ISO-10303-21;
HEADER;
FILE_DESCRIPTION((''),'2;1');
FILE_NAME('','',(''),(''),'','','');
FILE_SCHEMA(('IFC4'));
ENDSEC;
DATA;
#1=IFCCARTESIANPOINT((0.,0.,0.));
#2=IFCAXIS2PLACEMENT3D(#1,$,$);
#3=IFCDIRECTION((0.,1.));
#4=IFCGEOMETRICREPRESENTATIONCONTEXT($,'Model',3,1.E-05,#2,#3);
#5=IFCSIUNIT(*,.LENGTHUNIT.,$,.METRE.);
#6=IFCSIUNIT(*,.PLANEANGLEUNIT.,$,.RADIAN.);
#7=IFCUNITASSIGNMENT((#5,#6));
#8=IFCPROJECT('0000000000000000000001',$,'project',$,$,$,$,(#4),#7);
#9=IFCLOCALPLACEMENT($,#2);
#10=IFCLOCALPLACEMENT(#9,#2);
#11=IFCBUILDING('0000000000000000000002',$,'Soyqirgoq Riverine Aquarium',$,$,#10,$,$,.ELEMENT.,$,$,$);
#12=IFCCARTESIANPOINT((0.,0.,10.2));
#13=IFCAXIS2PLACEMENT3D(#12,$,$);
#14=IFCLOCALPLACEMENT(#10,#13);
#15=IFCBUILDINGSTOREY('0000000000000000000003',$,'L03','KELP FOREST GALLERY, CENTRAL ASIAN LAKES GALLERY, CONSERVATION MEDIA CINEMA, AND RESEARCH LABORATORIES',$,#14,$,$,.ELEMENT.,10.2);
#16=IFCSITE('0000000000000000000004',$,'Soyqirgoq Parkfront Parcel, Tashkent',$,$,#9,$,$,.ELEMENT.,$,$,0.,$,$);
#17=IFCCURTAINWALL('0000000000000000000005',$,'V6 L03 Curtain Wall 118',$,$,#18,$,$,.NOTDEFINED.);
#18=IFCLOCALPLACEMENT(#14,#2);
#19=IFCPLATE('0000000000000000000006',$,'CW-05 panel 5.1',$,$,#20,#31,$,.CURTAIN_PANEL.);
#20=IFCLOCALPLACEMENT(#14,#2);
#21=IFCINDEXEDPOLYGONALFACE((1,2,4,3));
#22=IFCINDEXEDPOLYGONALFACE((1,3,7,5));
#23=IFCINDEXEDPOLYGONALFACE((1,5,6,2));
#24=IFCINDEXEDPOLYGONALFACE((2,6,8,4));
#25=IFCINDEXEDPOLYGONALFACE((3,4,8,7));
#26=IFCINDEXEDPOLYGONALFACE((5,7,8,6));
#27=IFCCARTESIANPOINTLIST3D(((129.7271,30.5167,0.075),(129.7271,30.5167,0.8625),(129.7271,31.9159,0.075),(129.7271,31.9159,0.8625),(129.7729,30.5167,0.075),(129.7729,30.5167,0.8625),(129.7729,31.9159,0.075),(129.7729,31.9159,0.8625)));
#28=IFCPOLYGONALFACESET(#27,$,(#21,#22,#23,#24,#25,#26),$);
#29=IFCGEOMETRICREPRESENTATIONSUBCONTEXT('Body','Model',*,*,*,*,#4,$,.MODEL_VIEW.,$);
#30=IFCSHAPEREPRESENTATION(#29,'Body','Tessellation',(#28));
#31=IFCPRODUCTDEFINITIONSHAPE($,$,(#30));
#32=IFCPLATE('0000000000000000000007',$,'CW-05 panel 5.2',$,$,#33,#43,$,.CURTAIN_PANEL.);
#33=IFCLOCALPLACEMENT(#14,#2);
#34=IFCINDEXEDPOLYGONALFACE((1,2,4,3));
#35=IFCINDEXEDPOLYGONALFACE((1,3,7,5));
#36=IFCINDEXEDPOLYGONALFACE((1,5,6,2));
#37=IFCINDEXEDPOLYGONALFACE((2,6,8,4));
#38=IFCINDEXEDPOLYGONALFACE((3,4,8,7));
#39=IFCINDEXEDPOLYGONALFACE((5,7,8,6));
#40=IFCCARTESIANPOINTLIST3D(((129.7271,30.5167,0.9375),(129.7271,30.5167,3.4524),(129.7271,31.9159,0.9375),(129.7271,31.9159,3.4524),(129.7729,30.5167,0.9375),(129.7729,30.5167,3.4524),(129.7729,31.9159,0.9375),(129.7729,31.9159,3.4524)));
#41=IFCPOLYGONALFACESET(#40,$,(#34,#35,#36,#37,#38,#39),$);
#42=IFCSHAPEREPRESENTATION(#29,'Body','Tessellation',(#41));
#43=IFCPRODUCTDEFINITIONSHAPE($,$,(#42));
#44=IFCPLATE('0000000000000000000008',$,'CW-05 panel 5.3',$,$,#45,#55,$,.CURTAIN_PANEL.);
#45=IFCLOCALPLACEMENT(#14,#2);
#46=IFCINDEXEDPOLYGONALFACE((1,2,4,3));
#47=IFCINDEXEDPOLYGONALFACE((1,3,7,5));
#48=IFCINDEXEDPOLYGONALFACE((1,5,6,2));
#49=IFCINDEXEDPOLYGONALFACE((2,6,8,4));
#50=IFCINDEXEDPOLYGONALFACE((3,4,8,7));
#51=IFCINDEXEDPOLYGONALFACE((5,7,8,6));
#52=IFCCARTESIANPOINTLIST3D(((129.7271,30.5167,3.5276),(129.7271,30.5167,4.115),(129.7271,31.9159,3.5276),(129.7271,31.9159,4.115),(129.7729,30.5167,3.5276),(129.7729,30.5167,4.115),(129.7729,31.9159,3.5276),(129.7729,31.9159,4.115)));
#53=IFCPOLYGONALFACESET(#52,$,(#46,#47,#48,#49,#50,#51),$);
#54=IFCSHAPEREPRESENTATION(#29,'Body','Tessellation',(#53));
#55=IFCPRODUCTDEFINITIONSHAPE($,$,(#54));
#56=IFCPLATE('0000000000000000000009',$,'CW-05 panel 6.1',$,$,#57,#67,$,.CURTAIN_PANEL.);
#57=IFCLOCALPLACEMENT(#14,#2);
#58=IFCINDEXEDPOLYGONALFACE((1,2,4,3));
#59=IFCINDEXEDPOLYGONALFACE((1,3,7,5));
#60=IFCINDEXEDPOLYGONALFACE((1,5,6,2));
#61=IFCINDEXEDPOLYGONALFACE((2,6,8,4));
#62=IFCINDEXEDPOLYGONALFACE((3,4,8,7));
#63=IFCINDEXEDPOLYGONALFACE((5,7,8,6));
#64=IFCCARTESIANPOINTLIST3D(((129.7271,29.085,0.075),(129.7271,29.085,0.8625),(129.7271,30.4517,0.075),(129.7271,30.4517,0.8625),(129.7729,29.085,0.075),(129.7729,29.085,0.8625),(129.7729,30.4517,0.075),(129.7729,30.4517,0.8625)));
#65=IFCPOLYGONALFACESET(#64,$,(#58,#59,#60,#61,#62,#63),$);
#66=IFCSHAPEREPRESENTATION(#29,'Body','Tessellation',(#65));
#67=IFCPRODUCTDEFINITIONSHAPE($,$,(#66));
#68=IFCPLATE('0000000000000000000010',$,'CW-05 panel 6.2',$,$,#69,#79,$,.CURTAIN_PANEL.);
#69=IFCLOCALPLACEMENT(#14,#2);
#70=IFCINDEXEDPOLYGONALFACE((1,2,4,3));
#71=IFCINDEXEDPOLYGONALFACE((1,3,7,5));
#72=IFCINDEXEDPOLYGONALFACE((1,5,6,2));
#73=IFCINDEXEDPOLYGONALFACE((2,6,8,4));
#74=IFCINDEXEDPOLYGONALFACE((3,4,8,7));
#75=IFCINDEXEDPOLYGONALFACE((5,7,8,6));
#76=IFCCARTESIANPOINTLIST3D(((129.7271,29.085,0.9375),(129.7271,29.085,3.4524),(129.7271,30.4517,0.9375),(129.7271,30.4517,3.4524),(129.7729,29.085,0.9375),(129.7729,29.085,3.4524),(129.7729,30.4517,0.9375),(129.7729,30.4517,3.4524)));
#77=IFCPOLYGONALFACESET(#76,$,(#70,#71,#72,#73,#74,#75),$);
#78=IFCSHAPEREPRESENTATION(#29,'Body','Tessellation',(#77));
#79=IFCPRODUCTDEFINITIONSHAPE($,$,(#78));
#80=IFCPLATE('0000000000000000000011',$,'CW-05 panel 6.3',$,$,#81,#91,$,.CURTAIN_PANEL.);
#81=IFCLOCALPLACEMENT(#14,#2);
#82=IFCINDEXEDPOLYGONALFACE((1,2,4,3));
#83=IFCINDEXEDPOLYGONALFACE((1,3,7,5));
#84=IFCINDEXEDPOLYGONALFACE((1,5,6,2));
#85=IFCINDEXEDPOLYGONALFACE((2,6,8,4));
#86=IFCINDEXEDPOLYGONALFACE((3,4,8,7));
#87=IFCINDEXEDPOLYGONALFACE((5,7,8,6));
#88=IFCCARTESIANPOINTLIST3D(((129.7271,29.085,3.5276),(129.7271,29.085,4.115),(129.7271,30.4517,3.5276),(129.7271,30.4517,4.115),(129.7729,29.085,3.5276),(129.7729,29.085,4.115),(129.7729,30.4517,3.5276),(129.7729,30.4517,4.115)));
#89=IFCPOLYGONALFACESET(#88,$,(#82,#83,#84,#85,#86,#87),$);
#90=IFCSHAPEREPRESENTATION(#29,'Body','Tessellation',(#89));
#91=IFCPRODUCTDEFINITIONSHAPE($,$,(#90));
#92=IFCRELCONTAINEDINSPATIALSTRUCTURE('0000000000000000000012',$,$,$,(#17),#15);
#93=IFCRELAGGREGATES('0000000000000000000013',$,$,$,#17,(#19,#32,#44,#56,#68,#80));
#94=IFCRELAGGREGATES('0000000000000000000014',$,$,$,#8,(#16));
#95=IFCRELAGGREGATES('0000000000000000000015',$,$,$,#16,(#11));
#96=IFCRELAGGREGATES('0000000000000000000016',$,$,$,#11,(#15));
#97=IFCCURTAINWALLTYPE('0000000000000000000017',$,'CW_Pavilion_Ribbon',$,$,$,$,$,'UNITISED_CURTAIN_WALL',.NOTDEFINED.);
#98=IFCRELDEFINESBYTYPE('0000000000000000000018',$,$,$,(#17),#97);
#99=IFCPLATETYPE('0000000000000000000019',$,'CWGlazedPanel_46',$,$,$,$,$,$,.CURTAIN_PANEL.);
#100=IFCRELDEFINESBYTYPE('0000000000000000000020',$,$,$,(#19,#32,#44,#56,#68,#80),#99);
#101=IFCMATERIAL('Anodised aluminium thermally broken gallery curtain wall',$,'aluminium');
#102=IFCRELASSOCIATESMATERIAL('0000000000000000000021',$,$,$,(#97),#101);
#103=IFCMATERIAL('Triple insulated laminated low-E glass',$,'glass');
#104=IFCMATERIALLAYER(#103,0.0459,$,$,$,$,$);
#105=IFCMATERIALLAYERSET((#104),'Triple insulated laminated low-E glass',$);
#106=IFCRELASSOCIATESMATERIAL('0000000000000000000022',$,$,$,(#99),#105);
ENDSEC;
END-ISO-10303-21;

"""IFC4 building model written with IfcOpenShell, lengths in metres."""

from ifc_helpers import new_model, si_unit, direction, frame, origin, origin_2d, place, context, subcontext, project, spatial, rectangle, extrude, material, layer, layer_set, type_object, element, aggregate, save


model = new_model("IFC4")

# Units and contexts
model_context = context("Model", 3, precision=1e-05, world=origin(), true_north=direction((0.0, 1.0)))
body_context = subcontext(model_context, "Body", "Model", "MODEL_VIEW")
ifc_project = project(units=[si_unit("LENGTHUNIT", "METRE"), si_unit("PLANEANGLEUNIT", "RADIAN")], contexts=[model_context])

# Site, building, storey
site_placement = place(None, origin())
site = spatial("IfcSite", under=ifc_project, at=site_placement, Name="Soyqirgoq Parkfront Parcel, Tashkent", CompositionType="ELEMENT", RefElevation=0.0)
building_placement = place(site_placement, origin())
building = spatial("IfcBuilding", under=site, at=building_placement, Name="Soyqirgoq Riverine Aquarium", CompositionType="ELEMENT")
storey_placement = place(building_placement, frame((0.0, 0.0, 10.2)))
storey = spatial("IfcBuildingStorey", under=building, at=storey_placement, Name="L03", Description="KELP FOREST GALLERY, CENTRAL ASIAN LAKES GALLERY, CONSERVATION MEDIA CINEMA, AND RESEARCH LABORATORIES", CompositionType="ELEMENT", Elevation=10.2)

# Curtain wall
ifc_material_1 = material(Name="Anodised aluminium thermally broken gallery curtain wall", Category="aluminium")
curtain_wall_type = type_object("IfcCurtainWallType", Name="CW_Pavilion_Ribbon", ElementType="UNITISED_CURTAIN_WALL", PredefinedType="NOTDEFINED", material=ifc_material_1)
curtain_wall_1_placement = place(storey_placement, origin())
curtain_wall_1 = element("IfcCurtainWall", 1, at=curtain_wall_1_placement, inside=storey, type_object=curtain_wall_type, Name="V6 L03 Curtain Wall 118", PredefinedType="NOTDEFINED")

# Plates
ifc_material_2 = material(Name="Triple insulated laminated low-E glass", Category="glass")
ifc_layer = layer(ifc_material_2, 0.0459)
ifc_layer_set = layer_set([ifc_layer], Name="Triple insulated laminated low-E glass")
plate_type = type_object("IfcPlateType", Name="CWGlazedPanel_46", PredefinedType="CURTAIN_PANEL", material=ifc_layer_set)
plate_1_placement = place(storey_placement, frame((129.75, 31.2163, 0.075), z_axis=(0.0, 0.0, 1.0), x_axis=(0.0, -1.0, 0.0)))
plate_1 = element("IfcPlate", 2, at=plate_1_placement, type_object=plate_type, Name="CW-05 panel 5.1", PredefinedType="CURTAIN_PANEL", context=body_context, shape_type="SweptSolid", body=[
    extrude(rectangle(XDim=1.3992, YDim=0.0459, at=origin_2d()), origin(), (0.0, 0.0, 1.0), 0.7876),
])
plate_2_placement = place(storey_placement, frame((129.75, 31.2163, 0.9375), z_axis=(0.0, 0.0, 1.0), x_axis=(0.0, -1.0, 0.0)))
plate_2 = element("IfcPlate", 3, at=plate_2_placement, type_object=plate_type, Name="CW-05 panel 5.2", PredefinedType="CURTAIN_PANEL", context=body_context, shape_type="SweptSolid", body=[
    extrude(rectangle(XDim=1.3992, YDim=0.0459, at=origin_2d()), origin(), (0.0, 0.0, 1.0), 2.5149),
])
plate_3_placement = place(storey_placement, frame((129.75, 31.2163, 3.5276), z_axis=(0.0, 0.0, 1.0), x_axis=(0.0, -1.0, 0.0)))
plate_3 = element("IfcPlate", 4, at=plate_3_placement, type_object=plate_type, Name="CW-05 panel 5.3", PredefinedType="CURTAIN_PANEL", context=body_context, shape_type="SweptSolid", body=[
    extrude(rectangle(XDim=1.3992, YDim=0.0459, at=origin_2d()), origin(), (0.0, 0.0, 1.0), 0.5874),
])
plate_4_placement = place(storey_placement, frame((129.75, 29.7683, 0.075), z_axis=(0.0, 0.0, 1.0), x_axis=(0.0, -1.0, 0.0)))
plate_4 = element("IfcPlate", 5, at=plate_4_placement, type_object=plate_type, Name="CW-05 panel 6.1", PredefinedType="CURTAIN_PANEL", context=body_context, shape_type="SweptSolid", body=[
    extrude(rectangle(XDim=1.3667, YDim=0.0459, at=origin_2d()), origin(), (0.0, 0.0, 1.0), 0.7876),
])
plate_5_placement = place(storey_placement, frame((129.75, 29.7683, 0.9375), z_axis=(0.0, 0.0, 1.0), x_axis=(0.0, -1.0, 0.0)))
plate_5 = element("IfcPlate", 6, at=plate_5_placement, type_object=plate_type, Name="CW-05 panel 6.2", PredefinedType="CURTAIN_PANEL", context=body_context, shape_type="SweptSolid", body=[
    extrude(rectangle(XDim=1.3667, YDim=0.0459, at=origin_2d()), origin(), (0.0, 0.0, 1.0), 2.5149),
])
plate_6_placement = place(storey_placement, frame((129.75, 29.7683, 3.5276), z_axis=(0.0, 0.0, 1.0), x_axis=(0.0, -1.0, 0.0)))
plate_6 = element("IfcPlate", 7, at=plate_6_placement, type_object=plate_type, Name="CW-05 panel 6.3", PredefinedType="CURTAIN_PANEL", context=body_context, shape_type="SweptSolid", body=[
    extrude(rectangle(XDim=1.3667, YDim=0.0459, at=origin_2d()), origin(), (0.0, 0.0, 1.0), 0.5874),
])
aggregate(curtain_wall_1, [plate_1, plate_2, plate_3, plate_4, plate_5, plate_6])

save(model, "model.ifc")
